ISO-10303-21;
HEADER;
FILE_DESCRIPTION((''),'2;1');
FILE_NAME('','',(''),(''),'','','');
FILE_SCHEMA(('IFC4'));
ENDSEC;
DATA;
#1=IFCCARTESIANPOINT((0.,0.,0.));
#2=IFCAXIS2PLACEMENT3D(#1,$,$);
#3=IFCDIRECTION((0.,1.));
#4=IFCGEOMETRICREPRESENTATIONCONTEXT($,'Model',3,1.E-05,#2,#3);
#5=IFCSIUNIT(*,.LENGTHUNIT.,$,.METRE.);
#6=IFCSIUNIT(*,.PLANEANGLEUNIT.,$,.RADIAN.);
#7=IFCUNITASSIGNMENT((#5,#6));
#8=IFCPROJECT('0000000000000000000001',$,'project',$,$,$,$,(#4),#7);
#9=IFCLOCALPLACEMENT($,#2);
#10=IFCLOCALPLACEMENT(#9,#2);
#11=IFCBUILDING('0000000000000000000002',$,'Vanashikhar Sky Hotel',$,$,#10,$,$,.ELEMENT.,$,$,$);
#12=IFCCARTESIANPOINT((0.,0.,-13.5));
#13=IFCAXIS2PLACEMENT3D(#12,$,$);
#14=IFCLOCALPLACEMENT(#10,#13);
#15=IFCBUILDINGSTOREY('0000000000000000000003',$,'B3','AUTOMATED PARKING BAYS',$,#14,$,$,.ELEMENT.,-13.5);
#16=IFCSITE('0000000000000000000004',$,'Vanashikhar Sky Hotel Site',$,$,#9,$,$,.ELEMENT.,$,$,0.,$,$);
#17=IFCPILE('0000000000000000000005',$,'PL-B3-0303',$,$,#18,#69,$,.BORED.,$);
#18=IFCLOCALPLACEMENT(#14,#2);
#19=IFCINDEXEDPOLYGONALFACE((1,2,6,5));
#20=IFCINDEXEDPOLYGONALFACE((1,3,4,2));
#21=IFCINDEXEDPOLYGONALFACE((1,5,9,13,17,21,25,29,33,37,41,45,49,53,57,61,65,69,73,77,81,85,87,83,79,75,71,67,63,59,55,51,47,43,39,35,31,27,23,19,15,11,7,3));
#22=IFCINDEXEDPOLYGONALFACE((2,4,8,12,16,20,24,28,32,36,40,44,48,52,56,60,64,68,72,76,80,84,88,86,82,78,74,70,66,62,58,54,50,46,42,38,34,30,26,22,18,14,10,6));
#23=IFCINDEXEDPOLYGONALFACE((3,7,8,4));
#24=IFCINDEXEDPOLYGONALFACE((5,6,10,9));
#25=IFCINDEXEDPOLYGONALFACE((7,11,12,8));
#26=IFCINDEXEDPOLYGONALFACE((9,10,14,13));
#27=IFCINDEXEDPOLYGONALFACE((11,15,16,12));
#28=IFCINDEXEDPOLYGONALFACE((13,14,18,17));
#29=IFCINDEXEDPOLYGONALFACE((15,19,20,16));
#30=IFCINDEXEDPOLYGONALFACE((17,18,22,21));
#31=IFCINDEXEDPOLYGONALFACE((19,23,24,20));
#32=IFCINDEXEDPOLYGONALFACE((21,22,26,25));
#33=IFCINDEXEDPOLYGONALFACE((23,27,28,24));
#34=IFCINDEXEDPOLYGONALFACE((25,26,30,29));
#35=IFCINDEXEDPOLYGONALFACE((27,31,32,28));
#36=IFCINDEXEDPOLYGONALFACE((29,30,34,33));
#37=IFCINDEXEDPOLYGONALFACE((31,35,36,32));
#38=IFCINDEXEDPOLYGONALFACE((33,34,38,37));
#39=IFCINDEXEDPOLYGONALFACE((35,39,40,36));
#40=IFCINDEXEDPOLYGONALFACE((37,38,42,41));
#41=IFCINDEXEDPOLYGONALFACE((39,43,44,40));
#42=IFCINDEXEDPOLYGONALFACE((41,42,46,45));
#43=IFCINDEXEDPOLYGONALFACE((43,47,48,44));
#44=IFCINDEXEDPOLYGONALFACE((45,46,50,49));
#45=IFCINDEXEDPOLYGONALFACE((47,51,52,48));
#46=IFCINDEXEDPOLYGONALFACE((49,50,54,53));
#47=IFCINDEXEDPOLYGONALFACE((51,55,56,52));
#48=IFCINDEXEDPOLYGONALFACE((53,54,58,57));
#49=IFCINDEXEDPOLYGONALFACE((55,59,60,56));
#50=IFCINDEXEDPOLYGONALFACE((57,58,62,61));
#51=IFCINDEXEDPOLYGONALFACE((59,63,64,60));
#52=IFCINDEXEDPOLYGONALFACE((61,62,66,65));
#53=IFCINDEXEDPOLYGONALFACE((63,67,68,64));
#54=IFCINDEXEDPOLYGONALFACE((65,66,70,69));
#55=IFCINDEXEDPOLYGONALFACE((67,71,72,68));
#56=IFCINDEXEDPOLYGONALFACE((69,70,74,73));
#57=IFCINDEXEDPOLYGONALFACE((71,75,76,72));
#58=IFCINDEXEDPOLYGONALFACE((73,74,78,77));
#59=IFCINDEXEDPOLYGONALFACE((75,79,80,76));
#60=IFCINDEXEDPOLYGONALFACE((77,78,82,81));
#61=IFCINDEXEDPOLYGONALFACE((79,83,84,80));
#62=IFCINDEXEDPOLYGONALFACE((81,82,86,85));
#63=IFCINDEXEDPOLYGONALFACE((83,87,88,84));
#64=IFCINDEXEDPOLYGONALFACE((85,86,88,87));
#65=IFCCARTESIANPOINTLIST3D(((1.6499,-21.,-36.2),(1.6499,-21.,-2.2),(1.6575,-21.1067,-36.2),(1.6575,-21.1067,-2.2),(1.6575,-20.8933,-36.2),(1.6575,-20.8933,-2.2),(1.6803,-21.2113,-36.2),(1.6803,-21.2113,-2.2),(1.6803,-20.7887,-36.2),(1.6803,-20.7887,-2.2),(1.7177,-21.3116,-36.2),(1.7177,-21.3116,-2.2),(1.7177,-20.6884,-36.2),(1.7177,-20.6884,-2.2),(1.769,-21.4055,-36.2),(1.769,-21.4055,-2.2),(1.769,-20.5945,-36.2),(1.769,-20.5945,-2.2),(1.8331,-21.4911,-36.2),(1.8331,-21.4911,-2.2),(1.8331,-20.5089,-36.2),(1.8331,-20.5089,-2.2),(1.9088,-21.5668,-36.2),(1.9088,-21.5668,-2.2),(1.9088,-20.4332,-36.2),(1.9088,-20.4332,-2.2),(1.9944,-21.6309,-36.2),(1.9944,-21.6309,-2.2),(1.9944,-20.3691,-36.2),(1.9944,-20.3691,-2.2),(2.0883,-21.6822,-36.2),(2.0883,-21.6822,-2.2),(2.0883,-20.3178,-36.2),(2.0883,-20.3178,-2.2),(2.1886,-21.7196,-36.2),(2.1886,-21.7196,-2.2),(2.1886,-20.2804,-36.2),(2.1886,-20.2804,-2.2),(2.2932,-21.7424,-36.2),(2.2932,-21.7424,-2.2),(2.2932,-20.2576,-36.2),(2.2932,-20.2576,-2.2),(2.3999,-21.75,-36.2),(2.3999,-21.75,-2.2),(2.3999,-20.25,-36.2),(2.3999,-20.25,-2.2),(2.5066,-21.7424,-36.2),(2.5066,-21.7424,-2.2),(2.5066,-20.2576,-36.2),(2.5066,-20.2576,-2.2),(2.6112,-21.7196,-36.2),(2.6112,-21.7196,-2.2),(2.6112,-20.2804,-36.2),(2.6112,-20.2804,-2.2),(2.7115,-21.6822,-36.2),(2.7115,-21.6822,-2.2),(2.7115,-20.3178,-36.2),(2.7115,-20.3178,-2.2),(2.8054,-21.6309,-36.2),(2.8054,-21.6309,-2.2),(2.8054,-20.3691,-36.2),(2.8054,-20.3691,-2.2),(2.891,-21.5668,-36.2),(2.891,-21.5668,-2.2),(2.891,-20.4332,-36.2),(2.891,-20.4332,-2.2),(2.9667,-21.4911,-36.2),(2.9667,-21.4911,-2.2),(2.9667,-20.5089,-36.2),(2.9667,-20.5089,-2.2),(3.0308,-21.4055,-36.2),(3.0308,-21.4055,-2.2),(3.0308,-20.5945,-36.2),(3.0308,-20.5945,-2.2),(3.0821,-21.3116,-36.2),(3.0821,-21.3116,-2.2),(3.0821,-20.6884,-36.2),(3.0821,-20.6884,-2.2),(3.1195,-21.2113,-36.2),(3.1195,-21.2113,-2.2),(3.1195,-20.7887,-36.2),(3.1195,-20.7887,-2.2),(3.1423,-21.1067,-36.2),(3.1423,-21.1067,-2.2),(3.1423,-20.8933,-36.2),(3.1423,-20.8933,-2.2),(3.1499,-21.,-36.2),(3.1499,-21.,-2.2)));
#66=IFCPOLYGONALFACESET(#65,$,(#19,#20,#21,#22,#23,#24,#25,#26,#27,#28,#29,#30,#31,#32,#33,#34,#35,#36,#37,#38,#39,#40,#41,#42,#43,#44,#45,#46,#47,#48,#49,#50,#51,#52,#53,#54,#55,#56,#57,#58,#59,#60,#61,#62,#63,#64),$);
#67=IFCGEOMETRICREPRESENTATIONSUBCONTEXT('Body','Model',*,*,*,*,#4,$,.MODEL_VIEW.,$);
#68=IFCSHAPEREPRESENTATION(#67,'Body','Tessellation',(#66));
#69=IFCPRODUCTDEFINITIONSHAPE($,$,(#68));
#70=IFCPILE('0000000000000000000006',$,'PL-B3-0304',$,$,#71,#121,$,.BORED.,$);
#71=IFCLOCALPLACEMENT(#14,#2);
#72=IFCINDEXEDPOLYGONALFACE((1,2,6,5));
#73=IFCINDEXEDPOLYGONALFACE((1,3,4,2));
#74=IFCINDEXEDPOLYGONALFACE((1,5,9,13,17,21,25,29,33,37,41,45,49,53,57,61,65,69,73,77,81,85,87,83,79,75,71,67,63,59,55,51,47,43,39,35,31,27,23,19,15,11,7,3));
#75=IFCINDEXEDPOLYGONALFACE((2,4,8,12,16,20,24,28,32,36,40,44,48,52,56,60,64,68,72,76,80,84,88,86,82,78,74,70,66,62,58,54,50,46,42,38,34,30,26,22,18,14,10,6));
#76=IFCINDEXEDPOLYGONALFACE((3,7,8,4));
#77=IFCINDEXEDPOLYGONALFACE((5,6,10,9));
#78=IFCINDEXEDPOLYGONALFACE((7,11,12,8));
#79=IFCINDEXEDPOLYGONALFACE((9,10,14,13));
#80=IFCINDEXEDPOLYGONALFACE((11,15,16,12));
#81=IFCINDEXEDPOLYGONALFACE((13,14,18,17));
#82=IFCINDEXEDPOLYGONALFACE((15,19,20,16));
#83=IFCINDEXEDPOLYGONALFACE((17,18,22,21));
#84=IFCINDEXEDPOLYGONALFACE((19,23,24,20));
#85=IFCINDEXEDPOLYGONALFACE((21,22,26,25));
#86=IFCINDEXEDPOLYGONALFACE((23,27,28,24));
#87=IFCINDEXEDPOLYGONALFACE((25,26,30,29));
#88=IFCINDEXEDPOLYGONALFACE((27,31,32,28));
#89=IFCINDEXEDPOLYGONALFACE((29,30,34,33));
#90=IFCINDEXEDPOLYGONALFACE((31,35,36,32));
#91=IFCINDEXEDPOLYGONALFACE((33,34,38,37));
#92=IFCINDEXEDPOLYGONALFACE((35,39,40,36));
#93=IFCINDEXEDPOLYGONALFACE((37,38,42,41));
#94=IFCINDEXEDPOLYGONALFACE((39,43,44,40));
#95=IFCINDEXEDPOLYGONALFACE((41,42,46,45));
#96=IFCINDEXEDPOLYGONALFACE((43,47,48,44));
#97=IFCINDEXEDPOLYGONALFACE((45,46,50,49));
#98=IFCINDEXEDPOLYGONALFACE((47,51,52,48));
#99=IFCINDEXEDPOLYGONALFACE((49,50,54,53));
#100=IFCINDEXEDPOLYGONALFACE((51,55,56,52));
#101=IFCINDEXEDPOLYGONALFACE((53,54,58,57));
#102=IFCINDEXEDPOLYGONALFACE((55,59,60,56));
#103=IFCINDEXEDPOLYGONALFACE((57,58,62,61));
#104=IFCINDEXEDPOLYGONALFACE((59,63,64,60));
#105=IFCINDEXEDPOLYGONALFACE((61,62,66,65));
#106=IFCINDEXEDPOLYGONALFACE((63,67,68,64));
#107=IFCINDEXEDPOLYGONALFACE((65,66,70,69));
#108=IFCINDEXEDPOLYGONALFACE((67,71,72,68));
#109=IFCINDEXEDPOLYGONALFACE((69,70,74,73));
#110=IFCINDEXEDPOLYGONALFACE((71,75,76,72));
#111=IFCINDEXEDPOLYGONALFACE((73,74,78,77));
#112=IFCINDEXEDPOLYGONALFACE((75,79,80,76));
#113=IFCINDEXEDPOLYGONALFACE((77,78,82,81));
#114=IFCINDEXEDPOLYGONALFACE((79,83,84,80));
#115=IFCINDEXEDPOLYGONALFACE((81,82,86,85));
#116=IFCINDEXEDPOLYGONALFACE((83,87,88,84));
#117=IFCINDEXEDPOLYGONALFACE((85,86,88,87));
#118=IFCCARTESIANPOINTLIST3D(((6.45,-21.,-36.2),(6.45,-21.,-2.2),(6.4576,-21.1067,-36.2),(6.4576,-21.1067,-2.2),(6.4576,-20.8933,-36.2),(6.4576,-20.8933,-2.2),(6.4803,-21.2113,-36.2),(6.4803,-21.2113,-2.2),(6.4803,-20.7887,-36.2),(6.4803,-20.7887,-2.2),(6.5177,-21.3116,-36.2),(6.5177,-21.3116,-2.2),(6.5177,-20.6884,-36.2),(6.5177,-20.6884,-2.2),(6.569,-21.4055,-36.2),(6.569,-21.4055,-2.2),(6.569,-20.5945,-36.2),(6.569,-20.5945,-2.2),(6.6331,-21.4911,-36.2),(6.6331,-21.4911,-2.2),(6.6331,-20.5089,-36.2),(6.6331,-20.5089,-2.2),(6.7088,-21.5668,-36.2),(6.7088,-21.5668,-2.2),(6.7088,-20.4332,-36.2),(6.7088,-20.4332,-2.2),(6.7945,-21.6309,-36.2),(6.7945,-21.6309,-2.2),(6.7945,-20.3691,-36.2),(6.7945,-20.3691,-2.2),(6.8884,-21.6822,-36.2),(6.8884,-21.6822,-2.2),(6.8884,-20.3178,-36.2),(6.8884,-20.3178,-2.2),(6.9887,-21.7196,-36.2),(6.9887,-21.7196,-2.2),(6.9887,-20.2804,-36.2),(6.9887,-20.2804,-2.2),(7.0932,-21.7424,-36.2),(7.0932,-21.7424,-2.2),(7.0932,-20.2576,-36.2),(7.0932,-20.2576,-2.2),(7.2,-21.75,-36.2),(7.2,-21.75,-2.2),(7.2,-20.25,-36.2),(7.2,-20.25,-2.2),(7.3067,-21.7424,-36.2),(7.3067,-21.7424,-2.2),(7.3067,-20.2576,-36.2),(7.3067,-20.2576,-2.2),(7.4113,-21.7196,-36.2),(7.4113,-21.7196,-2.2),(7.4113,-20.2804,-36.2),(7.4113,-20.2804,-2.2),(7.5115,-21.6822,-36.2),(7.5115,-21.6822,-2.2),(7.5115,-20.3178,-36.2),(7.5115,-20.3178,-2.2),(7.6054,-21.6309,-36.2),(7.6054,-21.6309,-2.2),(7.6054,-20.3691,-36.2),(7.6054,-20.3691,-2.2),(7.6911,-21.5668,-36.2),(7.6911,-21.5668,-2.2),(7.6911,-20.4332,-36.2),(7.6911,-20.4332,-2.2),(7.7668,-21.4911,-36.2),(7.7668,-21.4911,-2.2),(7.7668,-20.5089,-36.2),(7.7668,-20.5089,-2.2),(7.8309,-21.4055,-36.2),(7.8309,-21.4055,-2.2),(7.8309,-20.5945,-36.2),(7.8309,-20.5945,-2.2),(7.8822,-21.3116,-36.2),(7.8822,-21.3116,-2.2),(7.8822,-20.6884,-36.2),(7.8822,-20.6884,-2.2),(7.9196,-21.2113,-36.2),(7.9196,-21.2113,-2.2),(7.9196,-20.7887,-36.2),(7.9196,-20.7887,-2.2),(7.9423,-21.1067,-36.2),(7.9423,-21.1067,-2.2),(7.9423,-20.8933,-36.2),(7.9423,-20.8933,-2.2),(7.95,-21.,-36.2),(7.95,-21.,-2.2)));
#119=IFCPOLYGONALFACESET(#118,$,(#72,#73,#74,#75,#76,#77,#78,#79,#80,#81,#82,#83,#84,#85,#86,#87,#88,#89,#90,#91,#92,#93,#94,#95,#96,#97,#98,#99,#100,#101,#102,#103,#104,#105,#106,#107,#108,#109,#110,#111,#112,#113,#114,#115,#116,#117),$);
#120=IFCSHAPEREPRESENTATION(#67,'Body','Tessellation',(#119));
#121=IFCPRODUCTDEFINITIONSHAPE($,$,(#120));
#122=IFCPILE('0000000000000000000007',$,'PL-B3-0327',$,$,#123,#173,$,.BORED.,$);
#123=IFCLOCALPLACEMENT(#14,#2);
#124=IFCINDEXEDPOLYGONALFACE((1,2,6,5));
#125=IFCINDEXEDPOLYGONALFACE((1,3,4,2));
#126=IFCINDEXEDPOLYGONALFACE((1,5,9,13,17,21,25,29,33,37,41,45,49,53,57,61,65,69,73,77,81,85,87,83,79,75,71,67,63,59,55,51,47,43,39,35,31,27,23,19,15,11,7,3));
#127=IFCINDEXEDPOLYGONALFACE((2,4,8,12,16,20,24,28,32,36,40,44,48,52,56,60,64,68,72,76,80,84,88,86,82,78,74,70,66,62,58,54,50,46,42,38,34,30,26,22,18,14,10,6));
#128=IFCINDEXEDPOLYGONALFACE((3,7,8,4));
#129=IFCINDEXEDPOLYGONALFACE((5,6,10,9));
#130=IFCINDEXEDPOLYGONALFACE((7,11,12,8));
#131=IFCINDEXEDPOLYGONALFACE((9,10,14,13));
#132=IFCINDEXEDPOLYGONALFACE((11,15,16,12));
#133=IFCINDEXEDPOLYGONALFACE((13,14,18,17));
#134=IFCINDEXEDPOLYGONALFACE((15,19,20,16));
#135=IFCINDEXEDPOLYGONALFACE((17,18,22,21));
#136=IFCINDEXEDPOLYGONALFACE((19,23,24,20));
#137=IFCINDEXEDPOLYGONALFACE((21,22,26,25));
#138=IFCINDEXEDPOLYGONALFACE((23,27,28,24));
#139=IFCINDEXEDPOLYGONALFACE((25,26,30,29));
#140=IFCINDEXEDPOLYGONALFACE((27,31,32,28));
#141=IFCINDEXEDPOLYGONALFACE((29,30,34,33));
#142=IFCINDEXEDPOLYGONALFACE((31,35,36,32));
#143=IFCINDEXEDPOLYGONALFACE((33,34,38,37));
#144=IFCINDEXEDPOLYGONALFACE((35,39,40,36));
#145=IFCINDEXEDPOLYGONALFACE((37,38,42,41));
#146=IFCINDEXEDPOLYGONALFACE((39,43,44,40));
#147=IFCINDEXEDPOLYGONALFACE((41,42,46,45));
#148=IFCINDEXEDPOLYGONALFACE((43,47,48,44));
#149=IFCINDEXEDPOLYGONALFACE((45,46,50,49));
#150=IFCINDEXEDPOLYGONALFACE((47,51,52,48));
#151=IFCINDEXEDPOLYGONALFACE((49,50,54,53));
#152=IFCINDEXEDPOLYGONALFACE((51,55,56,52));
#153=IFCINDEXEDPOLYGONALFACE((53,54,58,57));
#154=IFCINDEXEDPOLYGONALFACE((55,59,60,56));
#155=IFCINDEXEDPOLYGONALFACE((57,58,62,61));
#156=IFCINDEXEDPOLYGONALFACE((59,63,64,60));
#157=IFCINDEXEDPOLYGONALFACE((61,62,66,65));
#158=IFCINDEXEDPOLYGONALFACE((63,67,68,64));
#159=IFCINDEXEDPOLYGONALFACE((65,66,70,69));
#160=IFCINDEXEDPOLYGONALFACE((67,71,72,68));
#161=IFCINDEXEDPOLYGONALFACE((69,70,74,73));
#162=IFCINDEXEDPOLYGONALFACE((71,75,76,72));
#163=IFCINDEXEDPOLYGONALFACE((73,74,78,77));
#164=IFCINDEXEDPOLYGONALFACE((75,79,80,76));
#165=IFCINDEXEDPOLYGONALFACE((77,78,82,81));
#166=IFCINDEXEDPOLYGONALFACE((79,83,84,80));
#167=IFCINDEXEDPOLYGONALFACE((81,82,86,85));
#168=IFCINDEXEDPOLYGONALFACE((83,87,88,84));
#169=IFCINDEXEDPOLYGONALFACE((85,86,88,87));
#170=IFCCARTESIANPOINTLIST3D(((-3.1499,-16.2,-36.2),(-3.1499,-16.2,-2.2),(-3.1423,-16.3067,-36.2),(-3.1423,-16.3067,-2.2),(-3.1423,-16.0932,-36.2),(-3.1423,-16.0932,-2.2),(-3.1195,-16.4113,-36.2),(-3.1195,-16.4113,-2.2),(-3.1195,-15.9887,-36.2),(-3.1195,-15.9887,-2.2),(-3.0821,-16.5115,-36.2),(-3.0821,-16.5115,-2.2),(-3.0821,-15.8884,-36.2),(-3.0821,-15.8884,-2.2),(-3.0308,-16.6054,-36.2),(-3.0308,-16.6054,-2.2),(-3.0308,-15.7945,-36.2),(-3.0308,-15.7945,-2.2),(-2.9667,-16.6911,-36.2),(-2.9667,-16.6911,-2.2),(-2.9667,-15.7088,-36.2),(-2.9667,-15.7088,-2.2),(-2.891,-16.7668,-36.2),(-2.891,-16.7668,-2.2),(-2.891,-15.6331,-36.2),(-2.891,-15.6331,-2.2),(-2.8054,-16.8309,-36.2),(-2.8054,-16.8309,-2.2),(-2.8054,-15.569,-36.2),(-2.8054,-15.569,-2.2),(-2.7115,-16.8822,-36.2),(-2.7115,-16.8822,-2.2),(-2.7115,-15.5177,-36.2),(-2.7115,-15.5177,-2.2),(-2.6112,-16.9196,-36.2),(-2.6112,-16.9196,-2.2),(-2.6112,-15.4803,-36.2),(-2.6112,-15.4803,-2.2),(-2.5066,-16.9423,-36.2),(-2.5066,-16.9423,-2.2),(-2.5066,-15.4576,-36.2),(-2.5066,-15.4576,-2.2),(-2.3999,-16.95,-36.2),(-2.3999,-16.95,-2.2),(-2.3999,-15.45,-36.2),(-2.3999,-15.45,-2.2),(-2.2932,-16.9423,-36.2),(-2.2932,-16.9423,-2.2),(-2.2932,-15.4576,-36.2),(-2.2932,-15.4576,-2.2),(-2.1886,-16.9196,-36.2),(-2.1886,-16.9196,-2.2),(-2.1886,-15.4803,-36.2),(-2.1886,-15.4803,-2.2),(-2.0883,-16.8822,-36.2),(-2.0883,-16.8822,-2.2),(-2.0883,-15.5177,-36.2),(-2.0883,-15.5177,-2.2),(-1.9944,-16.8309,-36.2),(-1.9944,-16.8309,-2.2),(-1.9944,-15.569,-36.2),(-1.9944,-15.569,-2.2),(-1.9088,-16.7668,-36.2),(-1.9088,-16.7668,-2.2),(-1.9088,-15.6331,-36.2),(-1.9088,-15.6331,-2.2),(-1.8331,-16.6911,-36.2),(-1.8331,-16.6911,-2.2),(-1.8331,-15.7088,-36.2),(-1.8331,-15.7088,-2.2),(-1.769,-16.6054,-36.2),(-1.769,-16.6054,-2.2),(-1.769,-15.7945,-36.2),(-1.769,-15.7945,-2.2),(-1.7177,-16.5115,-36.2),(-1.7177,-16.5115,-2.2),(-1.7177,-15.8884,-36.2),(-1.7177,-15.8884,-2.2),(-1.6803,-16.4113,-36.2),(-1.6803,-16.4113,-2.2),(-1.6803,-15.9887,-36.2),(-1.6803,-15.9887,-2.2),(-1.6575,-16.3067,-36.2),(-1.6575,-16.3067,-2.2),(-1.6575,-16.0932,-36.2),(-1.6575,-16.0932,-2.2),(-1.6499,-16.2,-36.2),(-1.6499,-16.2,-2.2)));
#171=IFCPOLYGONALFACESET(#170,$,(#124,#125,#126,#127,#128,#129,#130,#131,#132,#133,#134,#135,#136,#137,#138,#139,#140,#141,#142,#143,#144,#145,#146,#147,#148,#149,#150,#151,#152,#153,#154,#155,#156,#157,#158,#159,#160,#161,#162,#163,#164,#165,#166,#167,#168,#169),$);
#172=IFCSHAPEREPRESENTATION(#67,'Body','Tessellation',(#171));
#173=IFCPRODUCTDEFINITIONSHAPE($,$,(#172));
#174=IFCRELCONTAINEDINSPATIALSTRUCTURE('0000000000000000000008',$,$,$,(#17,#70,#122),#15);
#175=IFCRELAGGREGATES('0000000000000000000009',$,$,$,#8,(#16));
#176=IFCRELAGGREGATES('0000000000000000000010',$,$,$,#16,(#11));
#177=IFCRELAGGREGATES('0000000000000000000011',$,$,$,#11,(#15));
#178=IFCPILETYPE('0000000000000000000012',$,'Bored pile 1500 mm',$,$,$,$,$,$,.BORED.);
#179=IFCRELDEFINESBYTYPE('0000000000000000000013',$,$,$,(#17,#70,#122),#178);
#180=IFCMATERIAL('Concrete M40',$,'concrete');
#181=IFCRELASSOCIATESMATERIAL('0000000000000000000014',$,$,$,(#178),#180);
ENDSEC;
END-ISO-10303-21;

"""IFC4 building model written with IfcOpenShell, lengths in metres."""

from ifc_helpers import new_model, si_unit, direction, frame, origin, origin_2d, place, context, subcontext, project, spatial, circle, extrude, source, transform, mapped, material, type_object, element, save


model = new_model("IFC4")

# Units and contexts
model_context = context("Model", 3, precision=1e-05, world=origin(), true_north=direction((0.0, 1.0)))
body_context = subcontext(model_context, "Body", "Model", "MODEL_VIEW")
ifc_project = project(units=[si_unit("LENGTHUNIT", "METRE"), si_unit("PLANEANGLEUNIT", "RADIAN")], contexts=[model_context])

# Site, building, storey
site_placement = place(None, origin())
site = spatial("IfcSite", under=ifc_project, at=site_placement, Name="Vanashikhar Sky Hotel Site", CompositionType="ELEMENT", RefElevation=0.0)
building_placement = place(site_placement, origin())
building = spatial("IfcBuilding", under=site, at=building_placement, Name="Vanashikhar Sky Hotel", CompositionType="ELEMENT")
storey_placement = place(building_placement, frame((0.0, 0.0, -13.5)))
storey = spatial("IfcBuildingStorey", under=building, at=storey_placement, Name="B3", Description="AUTOMATED PARKING BAYS", CompositionType="ELEMENT", Elevation=-13.5)

# Piles
ifc_material_1 = material(Name="Concrete M40", Category="concrete")
pile_type_1 = type_object("IfcPileType", Name="Bored pile 1500 mm", PredefinedType="BORED", material=ifc_material_1)
shared_shape_1 = source(origin(), body_context, "Body", "SweptSolid", [
    extrude(circle(Radius=0.75, at=origin_2d()), origin(), (0.0, 0.0, 1.0), 34.0),
])
for number, where, z_axis, x_axis, name in (
    (1, (2.3999, -21.0, -2.2), (0.0, 0.0, -1.0), (1.0, 0.0, 0.0), "PL-B3-0303"),
    (2, (7.2, -21.0, -2.2), (0.0, 0.0, -1.0), (1.0, 0.0, 0.0), "PL-B3-0304"),
    (3, (-2.3999, -16.2, -2.2), (0.0, 0.0, -1.0), (1.0, 0.0, 0.0), "PL-B3-0327"),
):
    element("IfcPile", number, at=place(storey_placement, frame(where, z_axis=z_axis, x_axis=x_axis)), inside=storey, type_object=pile_type_1, Name=name, PredefinedType="BORED", context=body_context, shape_type="MappedRepresentation", body=[
        mapped(shared_shape_1, transform((0.0, 0.0, 0.0), scale=1.0)),
    ])

save(model, "model.ifc")
